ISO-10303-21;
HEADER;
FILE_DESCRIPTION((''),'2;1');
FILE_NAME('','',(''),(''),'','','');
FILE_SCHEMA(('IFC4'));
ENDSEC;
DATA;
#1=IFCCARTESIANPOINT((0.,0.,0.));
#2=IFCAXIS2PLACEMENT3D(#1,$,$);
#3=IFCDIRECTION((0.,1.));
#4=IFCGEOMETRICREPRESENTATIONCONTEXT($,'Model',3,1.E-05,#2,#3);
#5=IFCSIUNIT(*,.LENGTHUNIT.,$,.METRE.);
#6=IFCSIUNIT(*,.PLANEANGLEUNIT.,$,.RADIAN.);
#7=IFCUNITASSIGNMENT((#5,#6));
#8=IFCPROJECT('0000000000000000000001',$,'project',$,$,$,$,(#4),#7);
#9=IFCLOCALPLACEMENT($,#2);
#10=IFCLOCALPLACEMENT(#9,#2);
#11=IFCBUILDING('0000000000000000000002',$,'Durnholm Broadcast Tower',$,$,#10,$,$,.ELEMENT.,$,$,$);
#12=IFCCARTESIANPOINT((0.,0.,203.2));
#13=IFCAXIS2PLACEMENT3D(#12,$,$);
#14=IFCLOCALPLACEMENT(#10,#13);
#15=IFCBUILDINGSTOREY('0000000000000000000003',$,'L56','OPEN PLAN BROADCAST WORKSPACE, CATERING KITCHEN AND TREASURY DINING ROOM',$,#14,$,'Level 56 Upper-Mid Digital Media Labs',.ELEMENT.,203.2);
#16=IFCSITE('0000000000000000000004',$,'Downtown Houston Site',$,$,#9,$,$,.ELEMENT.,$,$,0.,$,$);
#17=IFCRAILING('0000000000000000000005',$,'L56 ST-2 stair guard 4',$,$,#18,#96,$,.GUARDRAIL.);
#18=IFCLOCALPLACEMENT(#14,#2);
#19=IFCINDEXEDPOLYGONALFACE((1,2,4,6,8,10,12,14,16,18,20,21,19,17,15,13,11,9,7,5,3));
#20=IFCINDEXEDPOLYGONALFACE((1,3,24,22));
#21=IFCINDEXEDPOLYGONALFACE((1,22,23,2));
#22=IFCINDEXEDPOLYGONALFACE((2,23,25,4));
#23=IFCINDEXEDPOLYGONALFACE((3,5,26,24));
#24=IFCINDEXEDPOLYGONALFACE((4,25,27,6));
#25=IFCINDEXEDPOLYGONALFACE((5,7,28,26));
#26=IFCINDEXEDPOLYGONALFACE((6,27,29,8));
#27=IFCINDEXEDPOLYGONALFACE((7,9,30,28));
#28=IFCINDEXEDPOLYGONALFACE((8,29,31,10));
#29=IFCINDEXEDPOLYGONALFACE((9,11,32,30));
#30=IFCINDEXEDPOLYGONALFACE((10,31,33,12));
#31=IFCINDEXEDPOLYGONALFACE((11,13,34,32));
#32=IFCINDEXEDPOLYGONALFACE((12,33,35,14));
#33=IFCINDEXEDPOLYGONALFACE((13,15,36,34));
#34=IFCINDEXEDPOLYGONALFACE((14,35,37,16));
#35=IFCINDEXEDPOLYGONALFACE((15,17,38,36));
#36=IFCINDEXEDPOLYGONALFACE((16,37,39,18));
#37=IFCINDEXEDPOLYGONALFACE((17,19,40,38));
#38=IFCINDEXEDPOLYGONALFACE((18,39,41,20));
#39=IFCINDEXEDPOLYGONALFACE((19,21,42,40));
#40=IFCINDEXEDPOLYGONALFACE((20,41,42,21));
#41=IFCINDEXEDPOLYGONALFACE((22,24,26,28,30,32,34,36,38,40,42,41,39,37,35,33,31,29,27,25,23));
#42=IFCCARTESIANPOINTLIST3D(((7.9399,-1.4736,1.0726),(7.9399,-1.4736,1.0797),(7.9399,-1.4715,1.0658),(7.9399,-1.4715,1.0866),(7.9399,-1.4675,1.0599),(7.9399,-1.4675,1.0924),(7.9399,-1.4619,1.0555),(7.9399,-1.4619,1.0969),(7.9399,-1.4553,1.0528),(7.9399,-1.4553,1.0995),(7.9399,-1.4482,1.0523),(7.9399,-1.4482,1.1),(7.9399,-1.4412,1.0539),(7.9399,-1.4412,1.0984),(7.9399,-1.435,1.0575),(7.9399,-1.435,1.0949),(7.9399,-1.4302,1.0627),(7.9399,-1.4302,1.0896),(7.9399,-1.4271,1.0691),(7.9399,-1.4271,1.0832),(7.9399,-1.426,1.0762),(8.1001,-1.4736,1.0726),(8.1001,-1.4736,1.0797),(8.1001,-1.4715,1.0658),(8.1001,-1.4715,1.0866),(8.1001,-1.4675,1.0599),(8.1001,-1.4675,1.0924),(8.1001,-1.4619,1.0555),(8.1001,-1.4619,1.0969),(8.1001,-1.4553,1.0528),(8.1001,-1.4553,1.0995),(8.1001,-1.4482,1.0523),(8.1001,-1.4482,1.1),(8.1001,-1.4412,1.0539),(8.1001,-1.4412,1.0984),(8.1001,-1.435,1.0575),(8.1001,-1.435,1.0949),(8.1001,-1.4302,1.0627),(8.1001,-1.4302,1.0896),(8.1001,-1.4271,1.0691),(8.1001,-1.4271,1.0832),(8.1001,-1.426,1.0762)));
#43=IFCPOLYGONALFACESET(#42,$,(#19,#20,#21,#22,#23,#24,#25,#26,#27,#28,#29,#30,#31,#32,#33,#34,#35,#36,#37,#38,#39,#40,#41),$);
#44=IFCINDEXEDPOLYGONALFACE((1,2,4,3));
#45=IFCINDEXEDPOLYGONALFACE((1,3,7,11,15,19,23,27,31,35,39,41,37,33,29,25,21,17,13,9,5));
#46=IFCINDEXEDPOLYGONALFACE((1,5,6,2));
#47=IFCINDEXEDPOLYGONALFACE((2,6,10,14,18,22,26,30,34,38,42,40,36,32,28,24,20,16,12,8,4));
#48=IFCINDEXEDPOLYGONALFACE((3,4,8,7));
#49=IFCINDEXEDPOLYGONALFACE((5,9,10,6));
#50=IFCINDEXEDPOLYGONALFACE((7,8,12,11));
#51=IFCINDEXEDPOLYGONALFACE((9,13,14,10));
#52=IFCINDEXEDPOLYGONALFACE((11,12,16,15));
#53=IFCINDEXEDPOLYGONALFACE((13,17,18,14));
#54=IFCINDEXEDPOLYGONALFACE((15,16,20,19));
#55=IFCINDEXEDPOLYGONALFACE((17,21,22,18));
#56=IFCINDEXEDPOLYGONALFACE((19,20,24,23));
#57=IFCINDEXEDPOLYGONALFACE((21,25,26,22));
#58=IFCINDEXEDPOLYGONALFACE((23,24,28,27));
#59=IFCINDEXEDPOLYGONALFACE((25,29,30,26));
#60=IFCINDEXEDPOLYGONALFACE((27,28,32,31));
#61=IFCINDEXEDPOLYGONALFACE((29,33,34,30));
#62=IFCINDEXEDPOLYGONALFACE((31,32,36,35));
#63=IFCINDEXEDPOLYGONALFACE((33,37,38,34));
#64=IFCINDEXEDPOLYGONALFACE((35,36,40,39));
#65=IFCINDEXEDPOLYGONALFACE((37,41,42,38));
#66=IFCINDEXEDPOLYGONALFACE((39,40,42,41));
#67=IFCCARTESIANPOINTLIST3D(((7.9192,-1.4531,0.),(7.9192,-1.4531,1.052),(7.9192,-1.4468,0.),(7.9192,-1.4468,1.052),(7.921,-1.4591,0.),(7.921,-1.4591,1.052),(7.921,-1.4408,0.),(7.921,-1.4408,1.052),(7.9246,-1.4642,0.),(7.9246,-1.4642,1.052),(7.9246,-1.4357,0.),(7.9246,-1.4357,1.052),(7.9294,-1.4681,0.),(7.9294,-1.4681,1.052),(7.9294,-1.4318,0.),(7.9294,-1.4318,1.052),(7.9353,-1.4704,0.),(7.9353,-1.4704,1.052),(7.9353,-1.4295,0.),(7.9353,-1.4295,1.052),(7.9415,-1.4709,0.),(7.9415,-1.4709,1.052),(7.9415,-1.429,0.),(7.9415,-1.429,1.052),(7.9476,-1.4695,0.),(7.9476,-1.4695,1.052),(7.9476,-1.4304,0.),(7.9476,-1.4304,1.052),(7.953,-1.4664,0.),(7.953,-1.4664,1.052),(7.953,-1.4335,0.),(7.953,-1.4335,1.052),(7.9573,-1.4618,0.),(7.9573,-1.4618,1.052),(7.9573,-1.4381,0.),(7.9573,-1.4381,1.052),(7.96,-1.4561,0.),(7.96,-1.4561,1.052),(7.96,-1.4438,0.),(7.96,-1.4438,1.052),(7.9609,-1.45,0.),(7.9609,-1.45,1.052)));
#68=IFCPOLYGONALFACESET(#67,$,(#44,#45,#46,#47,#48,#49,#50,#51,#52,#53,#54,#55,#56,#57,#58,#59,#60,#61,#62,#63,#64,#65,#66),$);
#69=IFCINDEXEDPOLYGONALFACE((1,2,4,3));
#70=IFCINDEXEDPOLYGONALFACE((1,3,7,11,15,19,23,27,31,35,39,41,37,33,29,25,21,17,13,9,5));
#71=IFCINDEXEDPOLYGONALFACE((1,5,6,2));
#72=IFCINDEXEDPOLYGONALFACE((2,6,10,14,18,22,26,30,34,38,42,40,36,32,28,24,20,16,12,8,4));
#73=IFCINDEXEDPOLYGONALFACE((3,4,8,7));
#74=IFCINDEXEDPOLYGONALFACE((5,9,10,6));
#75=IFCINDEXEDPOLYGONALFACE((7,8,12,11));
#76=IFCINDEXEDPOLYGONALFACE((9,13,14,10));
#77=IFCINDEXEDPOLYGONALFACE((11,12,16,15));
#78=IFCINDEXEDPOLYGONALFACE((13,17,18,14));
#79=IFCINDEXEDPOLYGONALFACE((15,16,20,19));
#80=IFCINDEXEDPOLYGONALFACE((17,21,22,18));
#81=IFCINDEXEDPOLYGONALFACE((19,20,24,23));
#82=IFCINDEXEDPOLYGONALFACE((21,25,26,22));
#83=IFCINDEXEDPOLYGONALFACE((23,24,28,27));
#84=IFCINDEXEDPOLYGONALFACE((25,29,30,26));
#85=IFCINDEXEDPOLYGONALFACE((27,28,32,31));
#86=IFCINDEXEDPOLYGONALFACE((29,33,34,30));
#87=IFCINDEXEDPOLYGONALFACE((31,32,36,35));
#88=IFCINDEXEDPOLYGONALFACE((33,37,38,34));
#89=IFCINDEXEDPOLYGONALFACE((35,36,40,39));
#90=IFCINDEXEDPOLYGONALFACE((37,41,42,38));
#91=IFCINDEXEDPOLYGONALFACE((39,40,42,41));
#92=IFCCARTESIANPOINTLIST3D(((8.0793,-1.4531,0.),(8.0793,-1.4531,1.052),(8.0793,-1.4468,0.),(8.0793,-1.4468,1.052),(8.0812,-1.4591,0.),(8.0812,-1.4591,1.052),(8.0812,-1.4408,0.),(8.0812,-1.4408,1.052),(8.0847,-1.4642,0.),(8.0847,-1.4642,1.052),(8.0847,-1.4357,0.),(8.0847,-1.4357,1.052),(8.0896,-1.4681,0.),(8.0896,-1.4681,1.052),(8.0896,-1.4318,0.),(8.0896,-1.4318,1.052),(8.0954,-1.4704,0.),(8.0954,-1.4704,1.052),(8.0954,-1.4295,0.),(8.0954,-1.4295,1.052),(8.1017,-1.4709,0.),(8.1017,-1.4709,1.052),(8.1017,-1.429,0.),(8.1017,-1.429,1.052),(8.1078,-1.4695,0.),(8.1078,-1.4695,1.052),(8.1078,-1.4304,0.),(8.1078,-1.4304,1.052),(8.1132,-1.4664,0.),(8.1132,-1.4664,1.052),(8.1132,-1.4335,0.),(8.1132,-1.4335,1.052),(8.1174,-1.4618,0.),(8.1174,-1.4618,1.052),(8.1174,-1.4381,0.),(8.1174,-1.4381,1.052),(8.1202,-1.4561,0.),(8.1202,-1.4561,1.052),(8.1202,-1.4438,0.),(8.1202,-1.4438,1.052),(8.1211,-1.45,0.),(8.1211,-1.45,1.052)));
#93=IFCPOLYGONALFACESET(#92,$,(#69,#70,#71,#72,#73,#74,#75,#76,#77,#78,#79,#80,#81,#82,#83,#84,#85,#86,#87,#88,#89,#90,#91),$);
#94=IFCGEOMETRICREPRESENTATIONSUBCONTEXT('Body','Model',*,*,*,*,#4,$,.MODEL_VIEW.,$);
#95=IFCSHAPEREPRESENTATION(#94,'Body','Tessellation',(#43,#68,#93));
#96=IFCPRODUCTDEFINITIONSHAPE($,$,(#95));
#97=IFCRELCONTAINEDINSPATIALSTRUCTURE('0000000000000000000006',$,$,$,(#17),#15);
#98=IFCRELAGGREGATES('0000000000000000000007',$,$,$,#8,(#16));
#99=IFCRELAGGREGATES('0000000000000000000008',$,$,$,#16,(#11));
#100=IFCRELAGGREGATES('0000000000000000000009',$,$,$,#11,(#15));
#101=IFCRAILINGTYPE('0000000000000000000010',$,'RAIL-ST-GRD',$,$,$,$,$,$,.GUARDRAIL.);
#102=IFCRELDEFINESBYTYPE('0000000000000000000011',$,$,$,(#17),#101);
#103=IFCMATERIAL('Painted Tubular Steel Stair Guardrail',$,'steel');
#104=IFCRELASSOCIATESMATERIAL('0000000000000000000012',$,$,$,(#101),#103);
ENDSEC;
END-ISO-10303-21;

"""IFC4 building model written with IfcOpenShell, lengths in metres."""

from ifc_helpers import new_model, si_unit, direction, frame, origin, origin_2d, place, context, subcontext, project, spatial, circle, extrude, material, type_object, element, save


model = new_model("IFC4")

# Units and contexts
model_context = context("Model", 3, precision=1e-05, world=origin(), true_north=direction((0.0, 1.0)))
body_context = subcontext(model_context, "Body", "Model", "MODEL_VIEW")
ifc_project = project(units=[si_unit("LENGTHUNIT", "METRE"), si_unit("PLANEANGLEUNIT", "RADIAN")], contexts=[model_context])

# Site, building, storey
site_placement = place(None, origin())
site = spatial("IfcSite", under=ifc_project, at=site_placement, Name="Downtown Houston Site", CompositionType="ELEMENT", RefElevation=0.0)
building_placement = place(site_placement, origin())
building = spatial("IfcBuilding", under=site, at=building_placement, Name="Durnholm Broadcast Tower", CompositionType="ELEMENT")
storey_placement = place(building_placement, frame((0.0, 0.0, 203.2)))
storey = spatial("IfcBuildingStorey", under=building, at=storey_placement, Name="L56", Description="OPEN PLAN BROADCAST WORKSPACE, CATERING KITCHEN AND TREASURY DINING ROOM", LongName="Level 56 Upper-Mid Digital Media Labs", CompositionType="ELEMENT", Elevation=203.2)

# Railing
ifc_material_1 = material(Name="Painted Tubular Steel Stair Guardrail", Category="steel")
railing_type_1 = type_object("IfcRailingType", Name="RAIL-ST-GRD", PredefinedType="GUARDRAIL", material=ifc_material_1)
railing_1_placement = place(storey_placement, frame((7.9399, -1.45, 0.0)))
element("IfcRailing", 1, at=railing_1_placement, inside=storey, type_object=railing_type_1, Name="L56 ST-2 stair guard 4", PredefinedType="GUARDRAIL", context=body_context, shape_type="SweptSolid", body=[
    extrude(circle(Radius=0.0239, at=origin_2d()), frame((0.0, 0.0, 1.0762), z_axis=(1.0, 0.0, 0.0), x_axis=(0.0, 1.0, 0.0)), (0.0, 0.0, 1.0), 0.1602),
    extrude(circle(Radius=0.021, at=origin_2d()), origin(), (0.0, 0.0, 1.0), 1.052),
    extrude(circle(Radius=0.021, at=origin_2d()), frame((0.1602, 0.0, 0.0)), (0.0, 0.0, 1.0), 1.052),
])

save(model, "model.ifc")
